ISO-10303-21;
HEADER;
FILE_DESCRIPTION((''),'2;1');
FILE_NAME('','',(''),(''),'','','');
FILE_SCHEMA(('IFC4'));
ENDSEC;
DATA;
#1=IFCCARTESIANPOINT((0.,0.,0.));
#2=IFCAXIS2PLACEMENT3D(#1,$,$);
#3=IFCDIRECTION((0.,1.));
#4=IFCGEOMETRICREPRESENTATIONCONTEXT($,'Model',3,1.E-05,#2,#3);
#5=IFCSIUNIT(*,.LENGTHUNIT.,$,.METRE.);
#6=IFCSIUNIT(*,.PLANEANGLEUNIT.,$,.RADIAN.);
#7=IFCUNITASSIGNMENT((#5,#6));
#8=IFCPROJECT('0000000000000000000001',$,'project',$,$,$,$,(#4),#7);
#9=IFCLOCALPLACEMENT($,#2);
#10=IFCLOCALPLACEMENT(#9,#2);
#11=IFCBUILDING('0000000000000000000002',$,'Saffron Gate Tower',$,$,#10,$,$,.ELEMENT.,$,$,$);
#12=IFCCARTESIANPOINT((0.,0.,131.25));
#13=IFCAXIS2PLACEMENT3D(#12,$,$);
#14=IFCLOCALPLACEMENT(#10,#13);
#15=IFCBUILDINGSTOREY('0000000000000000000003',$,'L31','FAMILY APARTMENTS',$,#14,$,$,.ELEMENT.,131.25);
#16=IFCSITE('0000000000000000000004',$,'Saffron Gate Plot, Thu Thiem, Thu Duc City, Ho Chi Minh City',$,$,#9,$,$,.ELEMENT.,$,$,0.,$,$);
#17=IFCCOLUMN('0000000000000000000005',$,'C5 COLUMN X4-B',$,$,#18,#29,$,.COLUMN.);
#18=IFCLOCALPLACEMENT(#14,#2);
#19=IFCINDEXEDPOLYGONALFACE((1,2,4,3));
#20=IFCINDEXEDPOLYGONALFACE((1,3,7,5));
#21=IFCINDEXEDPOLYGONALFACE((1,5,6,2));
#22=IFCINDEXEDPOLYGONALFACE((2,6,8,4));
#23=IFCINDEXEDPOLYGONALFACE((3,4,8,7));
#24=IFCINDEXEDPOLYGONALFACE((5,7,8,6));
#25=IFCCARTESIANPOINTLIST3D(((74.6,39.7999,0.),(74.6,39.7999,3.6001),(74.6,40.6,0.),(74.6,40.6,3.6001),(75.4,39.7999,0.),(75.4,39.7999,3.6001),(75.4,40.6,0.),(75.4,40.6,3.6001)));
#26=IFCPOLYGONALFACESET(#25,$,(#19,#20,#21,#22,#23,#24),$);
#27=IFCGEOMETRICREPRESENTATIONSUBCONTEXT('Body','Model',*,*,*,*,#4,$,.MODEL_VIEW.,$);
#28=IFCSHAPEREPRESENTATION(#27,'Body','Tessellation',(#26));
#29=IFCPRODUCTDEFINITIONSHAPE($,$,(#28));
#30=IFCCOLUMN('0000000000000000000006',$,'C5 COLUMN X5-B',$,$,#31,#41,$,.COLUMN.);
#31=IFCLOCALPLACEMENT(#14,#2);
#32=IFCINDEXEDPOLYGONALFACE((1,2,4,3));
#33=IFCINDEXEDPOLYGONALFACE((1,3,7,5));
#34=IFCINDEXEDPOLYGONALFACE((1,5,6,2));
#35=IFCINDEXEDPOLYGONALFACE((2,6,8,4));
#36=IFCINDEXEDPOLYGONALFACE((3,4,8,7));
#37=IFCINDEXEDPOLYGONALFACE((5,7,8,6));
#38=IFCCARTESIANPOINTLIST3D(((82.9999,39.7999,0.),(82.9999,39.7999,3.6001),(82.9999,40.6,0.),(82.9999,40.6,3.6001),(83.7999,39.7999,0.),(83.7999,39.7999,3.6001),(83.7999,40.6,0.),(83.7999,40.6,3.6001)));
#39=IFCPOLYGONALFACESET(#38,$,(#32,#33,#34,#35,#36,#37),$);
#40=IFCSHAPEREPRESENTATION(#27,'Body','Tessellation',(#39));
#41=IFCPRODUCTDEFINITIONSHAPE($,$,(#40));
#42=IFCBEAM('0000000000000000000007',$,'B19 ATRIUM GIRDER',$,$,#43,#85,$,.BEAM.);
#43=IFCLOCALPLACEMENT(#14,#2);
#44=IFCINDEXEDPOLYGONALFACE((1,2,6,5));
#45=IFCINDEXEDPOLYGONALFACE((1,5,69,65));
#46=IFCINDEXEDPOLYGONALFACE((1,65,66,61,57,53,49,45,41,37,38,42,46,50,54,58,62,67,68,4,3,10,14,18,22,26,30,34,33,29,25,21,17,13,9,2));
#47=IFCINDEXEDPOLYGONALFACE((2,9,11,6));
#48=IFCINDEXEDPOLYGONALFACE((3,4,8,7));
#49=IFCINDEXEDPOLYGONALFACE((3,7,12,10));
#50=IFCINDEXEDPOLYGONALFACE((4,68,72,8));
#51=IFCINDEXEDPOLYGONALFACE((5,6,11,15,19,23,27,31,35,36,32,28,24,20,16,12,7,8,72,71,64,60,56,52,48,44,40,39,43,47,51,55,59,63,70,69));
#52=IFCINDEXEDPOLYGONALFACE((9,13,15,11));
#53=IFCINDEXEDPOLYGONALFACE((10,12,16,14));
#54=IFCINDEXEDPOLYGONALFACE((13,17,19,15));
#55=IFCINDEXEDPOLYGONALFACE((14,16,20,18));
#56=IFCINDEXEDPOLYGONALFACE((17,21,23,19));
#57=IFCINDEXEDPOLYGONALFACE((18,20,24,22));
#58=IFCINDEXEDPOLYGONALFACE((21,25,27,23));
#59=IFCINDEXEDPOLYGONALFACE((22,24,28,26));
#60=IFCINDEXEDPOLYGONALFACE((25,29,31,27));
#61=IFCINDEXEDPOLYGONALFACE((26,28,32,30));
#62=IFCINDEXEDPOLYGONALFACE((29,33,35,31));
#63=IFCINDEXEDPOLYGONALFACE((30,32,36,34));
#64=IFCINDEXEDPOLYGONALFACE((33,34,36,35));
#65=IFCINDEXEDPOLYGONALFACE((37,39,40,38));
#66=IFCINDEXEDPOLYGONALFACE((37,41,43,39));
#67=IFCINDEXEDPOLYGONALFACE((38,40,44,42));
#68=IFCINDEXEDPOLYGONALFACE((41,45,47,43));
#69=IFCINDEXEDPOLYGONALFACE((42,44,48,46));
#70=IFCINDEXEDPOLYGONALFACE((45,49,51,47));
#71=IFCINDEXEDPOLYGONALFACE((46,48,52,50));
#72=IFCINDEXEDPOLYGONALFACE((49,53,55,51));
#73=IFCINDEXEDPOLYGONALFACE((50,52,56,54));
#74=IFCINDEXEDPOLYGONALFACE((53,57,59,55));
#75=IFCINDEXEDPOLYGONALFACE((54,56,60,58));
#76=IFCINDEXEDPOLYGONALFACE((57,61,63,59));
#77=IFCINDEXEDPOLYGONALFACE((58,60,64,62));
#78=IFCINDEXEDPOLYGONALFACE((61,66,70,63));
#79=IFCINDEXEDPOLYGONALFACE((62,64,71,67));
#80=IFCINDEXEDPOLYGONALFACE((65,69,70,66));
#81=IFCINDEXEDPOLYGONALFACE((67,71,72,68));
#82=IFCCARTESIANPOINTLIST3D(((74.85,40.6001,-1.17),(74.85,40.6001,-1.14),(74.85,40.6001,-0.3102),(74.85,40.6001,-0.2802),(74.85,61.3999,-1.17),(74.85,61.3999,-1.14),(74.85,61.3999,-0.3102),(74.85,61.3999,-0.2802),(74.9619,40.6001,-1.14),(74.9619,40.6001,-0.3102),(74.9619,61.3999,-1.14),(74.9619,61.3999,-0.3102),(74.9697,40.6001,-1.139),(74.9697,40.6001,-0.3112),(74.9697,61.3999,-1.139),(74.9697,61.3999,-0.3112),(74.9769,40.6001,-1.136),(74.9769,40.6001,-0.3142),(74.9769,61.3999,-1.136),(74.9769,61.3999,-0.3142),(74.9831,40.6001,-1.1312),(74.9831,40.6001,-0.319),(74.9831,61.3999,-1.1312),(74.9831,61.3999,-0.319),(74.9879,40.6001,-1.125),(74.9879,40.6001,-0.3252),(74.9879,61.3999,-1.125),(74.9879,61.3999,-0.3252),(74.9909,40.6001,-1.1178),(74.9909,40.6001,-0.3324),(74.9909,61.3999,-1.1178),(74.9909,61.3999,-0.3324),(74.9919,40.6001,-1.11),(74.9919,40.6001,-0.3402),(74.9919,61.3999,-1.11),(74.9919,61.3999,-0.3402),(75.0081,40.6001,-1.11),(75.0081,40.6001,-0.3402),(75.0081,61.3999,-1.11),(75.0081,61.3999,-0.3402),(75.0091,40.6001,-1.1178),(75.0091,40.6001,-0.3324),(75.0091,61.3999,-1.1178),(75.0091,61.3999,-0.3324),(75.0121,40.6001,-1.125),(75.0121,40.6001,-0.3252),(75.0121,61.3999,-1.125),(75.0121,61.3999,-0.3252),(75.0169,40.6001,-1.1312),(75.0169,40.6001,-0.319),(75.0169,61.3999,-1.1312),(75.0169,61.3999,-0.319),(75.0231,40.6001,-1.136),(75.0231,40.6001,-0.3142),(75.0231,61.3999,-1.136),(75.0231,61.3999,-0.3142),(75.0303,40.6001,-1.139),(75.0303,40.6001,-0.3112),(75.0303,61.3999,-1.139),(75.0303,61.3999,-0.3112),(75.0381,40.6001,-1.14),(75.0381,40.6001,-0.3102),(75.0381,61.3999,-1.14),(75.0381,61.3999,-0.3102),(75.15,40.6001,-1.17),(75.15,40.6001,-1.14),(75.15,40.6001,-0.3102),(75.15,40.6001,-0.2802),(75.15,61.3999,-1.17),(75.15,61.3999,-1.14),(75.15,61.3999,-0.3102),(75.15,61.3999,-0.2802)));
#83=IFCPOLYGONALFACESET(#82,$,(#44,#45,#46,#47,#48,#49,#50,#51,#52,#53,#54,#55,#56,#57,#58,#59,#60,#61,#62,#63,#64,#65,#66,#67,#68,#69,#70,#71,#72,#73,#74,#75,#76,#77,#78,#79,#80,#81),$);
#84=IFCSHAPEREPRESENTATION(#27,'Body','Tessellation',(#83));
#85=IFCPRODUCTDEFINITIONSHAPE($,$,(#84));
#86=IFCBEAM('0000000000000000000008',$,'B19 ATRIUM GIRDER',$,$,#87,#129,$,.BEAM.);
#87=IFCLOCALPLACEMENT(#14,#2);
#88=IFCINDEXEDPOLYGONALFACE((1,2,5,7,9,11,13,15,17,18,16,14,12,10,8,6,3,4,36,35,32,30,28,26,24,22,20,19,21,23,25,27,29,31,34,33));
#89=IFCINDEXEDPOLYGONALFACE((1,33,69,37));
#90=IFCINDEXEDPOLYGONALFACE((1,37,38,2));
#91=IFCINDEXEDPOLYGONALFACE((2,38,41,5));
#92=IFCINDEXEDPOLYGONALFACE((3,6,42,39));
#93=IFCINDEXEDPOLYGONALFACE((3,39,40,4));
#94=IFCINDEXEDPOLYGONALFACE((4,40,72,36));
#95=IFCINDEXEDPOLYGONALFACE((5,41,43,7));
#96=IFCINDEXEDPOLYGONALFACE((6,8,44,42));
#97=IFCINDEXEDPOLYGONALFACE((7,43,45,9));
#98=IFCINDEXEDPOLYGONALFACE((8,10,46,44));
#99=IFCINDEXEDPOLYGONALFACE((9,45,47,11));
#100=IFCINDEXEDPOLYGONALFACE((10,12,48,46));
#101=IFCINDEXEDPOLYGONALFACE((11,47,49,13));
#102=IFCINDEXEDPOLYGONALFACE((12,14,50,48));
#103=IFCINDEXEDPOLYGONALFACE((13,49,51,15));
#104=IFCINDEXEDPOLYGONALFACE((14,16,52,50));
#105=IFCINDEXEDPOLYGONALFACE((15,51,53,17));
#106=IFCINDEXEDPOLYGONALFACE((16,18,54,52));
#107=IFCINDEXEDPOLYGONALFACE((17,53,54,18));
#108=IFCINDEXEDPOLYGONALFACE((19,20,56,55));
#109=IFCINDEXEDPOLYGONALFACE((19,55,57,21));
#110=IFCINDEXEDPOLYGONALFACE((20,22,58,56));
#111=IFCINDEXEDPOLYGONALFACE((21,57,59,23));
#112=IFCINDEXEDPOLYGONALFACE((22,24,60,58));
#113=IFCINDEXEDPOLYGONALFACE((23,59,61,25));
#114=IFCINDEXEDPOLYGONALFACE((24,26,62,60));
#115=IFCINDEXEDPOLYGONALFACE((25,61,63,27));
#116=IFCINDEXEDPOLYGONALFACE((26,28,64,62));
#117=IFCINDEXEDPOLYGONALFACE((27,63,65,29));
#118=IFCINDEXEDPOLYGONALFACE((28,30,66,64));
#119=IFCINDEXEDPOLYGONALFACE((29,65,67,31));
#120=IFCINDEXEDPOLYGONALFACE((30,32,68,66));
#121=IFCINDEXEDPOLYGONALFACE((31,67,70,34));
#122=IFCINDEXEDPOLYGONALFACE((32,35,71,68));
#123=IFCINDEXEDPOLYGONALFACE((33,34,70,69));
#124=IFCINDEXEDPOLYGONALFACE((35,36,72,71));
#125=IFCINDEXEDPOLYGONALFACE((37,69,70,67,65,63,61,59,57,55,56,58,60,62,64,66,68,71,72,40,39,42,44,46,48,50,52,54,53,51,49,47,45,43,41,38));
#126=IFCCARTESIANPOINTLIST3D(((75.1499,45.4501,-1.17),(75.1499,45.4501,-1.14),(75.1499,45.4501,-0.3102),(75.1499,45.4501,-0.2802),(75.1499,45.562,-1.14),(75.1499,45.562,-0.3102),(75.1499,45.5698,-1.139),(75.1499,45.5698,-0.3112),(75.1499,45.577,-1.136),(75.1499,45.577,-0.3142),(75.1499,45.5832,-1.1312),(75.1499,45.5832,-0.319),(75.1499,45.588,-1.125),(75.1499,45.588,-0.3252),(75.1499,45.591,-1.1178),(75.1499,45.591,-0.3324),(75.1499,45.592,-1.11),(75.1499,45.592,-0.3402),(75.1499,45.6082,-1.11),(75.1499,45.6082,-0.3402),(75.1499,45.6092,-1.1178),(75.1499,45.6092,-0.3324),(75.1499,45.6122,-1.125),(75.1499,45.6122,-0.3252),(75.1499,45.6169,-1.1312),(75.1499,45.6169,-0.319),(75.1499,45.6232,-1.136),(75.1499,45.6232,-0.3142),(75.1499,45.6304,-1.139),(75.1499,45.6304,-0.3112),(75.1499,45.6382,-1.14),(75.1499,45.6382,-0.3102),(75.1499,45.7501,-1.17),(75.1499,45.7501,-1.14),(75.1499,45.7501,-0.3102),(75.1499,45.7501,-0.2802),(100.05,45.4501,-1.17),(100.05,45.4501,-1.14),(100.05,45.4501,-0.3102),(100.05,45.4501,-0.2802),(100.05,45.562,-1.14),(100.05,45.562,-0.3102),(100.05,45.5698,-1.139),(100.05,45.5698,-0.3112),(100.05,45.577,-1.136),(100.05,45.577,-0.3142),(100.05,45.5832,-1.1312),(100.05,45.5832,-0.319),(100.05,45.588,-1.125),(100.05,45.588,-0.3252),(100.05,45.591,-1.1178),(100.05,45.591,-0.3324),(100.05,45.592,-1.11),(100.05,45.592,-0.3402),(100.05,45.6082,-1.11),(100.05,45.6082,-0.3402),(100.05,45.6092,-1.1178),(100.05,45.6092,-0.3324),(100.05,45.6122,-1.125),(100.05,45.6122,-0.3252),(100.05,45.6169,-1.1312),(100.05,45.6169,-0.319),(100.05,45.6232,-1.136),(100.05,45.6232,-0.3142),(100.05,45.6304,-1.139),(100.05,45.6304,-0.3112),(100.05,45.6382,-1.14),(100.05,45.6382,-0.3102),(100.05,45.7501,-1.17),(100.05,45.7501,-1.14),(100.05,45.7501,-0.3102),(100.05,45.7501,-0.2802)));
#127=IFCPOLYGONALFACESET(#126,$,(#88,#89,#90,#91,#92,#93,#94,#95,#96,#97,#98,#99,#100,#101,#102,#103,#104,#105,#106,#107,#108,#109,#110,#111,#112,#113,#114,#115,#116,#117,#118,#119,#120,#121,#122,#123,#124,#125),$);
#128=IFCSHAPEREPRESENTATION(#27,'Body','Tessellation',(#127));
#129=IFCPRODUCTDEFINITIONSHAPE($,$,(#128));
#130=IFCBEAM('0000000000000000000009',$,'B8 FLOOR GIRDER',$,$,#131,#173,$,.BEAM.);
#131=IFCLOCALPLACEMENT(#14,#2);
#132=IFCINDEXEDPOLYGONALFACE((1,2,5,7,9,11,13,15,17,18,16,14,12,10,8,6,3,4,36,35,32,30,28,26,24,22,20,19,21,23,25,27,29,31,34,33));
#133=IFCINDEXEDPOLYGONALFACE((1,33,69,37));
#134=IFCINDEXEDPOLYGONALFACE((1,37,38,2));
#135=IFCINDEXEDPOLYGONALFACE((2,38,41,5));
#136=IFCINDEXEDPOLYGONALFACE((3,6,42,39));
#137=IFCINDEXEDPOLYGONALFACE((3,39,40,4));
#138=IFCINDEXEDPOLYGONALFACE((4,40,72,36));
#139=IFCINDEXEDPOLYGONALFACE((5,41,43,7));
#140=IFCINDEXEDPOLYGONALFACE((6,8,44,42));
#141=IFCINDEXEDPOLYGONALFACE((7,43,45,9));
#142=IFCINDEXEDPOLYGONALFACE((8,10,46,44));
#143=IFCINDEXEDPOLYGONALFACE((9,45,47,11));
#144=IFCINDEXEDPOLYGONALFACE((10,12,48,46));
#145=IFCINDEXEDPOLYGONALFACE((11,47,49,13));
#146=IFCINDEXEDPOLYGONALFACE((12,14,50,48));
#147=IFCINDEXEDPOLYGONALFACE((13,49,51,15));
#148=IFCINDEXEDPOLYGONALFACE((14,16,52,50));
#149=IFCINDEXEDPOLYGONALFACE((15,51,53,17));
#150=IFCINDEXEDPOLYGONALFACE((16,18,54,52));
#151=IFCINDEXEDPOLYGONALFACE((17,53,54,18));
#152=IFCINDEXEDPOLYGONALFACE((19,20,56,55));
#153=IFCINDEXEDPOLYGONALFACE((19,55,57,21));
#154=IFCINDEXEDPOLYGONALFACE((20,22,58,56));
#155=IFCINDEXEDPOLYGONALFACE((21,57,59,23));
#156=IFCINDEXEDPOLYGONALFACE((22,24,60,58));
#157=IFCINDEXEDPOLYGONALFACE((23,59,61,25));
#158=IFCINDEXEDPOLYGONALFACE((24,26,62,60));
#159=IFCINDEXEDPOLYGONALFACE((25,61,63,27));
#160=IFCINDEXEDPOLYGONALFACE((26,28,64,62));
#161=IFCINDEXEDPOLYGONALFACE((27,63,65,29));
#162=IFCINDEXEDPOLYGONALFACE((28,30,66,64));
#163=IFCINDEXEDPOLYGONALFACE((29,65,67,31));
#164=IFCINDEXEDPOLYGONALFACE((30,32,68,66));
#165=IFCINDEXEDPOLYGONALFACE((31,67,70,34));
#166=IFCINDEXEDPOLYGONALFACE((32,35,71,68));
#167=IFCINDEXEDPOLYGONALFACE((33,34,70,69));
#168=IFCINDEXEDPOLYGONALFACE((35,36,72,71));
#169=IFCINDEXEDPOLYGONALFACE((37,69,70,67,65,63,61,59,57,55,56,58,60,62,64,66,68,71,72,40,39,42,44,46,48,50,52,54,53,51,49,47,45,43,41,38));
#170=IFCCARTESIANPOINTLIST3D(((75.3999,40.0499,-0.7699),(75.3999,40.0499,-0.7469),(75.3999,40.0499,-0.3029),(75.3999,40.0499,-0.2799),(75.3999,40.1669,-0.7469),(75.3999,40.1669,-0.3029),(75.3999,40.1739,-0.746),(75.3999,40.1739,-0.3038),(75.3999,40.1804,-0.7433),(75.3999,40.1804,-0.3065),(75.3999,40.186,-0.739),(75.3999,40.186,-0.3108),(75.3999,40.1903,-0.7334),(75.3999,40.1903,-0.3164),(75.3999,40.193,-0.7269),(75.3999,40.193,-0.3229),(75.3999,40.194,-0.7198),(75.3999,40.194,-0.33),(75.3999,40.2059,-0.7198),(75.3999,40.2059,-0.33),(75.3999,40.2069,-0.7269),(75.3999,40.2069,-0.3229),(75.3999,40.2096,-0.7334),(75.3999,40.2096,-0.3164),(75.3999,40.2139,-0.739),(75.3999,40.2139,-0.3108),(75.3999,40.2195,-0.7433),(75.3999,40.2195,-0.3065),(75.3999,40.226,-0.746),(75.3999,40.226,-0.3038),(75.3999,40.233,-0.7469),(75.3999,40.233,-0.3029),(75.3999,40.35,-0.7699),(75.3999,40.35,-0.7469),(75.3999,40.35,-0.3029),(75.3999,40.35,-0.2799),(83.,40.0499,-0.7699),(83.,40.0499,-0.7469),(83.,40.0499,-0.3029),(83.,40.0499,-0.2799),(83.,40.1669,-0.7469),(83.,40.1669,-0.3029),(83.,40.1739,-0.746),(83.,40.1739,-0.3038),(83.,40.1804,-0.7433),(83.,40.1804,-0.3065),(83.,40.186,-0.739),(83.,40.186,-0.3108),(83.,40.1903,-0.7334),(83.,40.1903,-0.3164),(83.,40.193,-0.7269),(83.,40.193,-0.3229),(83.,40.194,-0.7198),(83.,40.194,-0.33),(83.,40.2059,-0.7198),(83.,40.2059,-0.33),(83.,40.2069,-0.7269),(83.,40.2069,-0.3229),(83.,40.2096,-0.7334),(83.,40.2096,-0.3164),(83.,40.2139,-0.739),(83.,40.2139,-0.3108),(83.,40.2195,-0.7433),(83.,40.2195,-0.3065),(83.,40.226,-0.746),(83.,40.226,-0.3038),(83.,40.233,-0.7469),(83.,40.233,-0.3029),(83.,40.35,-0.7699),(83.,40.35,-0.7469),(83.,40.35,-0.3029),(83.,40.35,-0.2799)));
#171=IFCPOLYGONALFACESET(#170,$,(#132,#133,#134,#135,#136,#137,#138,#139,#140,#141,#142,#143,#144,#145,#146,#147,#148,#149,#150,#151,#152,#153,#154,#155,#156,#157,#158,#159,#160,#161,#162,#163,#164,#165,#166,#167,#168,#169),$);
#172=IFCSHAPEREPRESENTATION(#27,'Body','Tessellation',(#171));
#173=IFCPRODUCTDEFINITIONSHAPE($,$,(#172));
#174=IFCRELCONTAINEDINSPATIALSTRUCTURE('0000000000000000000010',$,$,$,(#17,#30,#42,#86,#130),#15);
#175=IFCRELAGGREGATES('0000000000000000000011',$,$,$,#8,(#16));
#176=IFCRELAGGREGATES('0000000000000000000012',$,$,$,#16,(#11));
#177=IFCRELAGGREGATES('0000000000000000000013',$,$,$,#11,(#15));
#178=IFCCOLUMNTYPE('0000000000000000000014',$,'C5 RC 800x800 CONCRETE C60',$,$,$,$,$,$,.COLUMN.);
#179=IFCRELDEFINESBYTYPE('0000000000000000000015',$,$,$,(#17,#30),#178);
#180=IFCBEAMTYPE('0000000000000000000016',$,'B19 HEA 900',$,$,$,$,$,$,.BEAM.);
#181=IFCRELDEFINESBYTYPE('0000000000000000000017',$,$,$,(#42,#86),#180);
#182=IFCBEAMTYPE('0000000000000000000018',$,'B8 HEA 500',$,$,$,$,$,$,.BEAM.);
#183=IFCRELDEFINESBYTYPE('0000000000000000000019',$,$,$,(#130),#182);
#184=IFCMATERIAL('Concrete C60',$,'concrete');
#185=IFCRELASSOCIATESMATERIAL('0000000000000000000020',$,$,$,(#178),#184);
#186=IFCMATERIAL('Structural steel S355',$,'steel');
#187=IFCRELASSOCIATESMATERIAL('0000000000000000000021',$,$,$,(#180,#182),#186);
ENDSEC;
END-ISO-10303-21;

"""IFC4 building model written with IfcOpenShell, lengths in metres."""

from ifc_helpers import new_model, si_unit, direction, frame, origin, origin_2d, place, context, subcontext, project, spatial, rectangle, i_section, extrude, material, material_profile, profile_set, type_object, element, save


model = new_model("IFC4")

# Units and contexts
model_context = context("Model", 3, precision=1e-05, world=origin(), true_north=direction((0.0, 1.0)))
body_context = subcontext(model_context, "Body", "Model", "MODEL_VIEW")
ifc_project = project(units=[si_unit("LENGTHUNIT", "METRE"), si_unit("PLANEANGLEUNIT", "RADIAN")], contexts=[model_context])

# Site, building, storey
site_placement = place(None, origin())
site = spatial("IfcSite", under=ifc_project, at=site_placement, Name="Saffron Gate Plot, Thu Thiem, Thu Duc City, Ho Chi Minh City", CompositionType="ELEMENT", RefElevation=0.0)
building_placement = place(site_placement, origin())
building = spatial("IfcBuilding", under=site, at=building_placement, Name="Saffron Gate Tower", CompositionType="ELEMENT")
storey_placement = place(building_placement, frame((0.0, 0.0, 131.25)))
storey = spatial("IfcBuildingStorey", under=building, at=storey_placement, Name="L31", Description="FAMILY APARTMENTS", CompositionType="ELEMENT", Elevation=131.25)

# Columns
ifc_material_1 = material(Name="Concrete C60", Category="concrete")
ifc_material_profile_1 = material_profile(ifc_material_1, rectangle(XDim=0.8, YDim=0.8, at=origin_2d()))
ifc_profile_set_1 = profile_set([ifc_material_profile_1], Name="Concrete C60")
column_type = type_object("IfcColumnType", Name="C5 RC 800x800 CONCRETE C60", PredefinedType="COLUMN", material=ifc_profile_set_1)
for number, where, z_axis, x_axis, name in (
    (1, (75.0, 40.2, 0.0), (0.0, 0.0, 1.0), (1.0, 0.0, 0.0), "C5 COLUMN X4-B"),
    (2, (83.3999, 40.2, 0.0), (0.0, 0.0, 1.0), (1.0, 0.0, 0.0), "C5 COLUMN X5-B"),
):
    element("IfcColumn", number, at=place(storey_placement, frame(where, z_axis=z_axis, x_axis=x_axis)), inside=storey, type_object=column_type, Name=name, PredefinedType="COLUMN", context=body_context, shape_type="SweptSolid", body=[
        extrude(rectangle(XDim=0.8, YDim=0.8, at=origin_2d()), origin(), (0.0, 0.0, 1.0), 3.6001),
    ])

# Beams
ifc_material_2 = material(Name="Structural steel S355", Category="steel")
ifc_material_profile_2 = material_profile(ifc_material_2, i_section(OverallWidth=0.3, OverallDepth=0.8899, WebThickness=0.0161, FlangeThickness=0.03, FilletRadius=0.03, at=origin_2d()))
ifc_profile_set_2 = profile_set([ifc_material_profile_2], Name="Structural steel S355")
beam_type_1 = type_object("IfcBeamType", Name="B19 HEA 900", PredefinedType="BEAM", material=ifc_profile_set_2)
beam_1_placement = place(storey_placement, frame((75.0, 40.6001, -0.7251), z_axis=(0.0, 1.0, 0.0), x_axis=(-1.0, 0.0, 0.0)))
element("IfcBeam", 3, at=beam_1_placement, inside=storey, type_object=beam_type_1, Name="B19 ATRIUM GIRDER", PredefinedType="BEAM", context=body_context, shape_type="SweptSolid", body=[
    extrude(i_section(OverallWidth=0.3, OverallDepth=0.8899, WebThickness=0.0161, FlangeThickness=0.03, FilletRadius=0.03, at=origin_2d()), origin(), (0.0, 0.0, 1.0), 20.7998),
])
beam_2_placement = place(storey_placement, frame((75.1499, 45.6001, -0.7251), z_axis=(1.0, 0.0, 0.0), x_axis=(0.0, 1.0, 0.0)))
element("IfcBeam", 4, at=beam_2_placement, inside=storey, type_object=beam_type_1, Name="B19 ATRIUM GIRDER", PredefinedType="BEAM", context=body_context, shape_type="SweptSolid", body=[
    extrude(i_section(OverallWidth=0.3, OverallDepth=0.8899, WebThickness=0.0161, FlangeThickness=0.03, FilletRadius=0.03, at=origin_2d()), origin(), (0.0, 0.0, 1.0), 24.9001),
])
ifc_material_profile_3 = material_profile(ifc_material_2, i_section(OverallWidth=0.3, OverallDepth=0.49, WebThickness=0.012, FlangeThickness=0.0229, FilletRadius=0.0271, at=origin_2d()))
ifc_profile_set_3 = profile_set([ifc_material_profile_3], Name="Structural steel S355")
beam_type_2 = type_object("IfcBeamType", Name="B8 HEA 500", PredefinedType="BEAM", material=ifc_profile_set_3)
beam_3_placement = place(storey_placement, frame((75.3999, 40.2, -0.5249), z_axis=(1.0, 0.0, 0.0), x_axis=(0.0, 1.0, 0.0)))
element("IfcBeam", 5, at=beam_3_placement, inside=storey, type_object=beam_type_2, Name="B8 FLOOR GIRDER", PredefinedType="BEAM", context=body_context, shape_type="SweptSolid", body=[
    extrude(i_section(OverallWidth=0.3, OverallDepth=0.49, WebThickness=0.012, FlangeThickness=0.0229, FilletRadius=0.0271, at=origin_2d()), origin(), (0.0, 0.0, 1.0), 7.6001),
])

save(model, "model.ifc")
